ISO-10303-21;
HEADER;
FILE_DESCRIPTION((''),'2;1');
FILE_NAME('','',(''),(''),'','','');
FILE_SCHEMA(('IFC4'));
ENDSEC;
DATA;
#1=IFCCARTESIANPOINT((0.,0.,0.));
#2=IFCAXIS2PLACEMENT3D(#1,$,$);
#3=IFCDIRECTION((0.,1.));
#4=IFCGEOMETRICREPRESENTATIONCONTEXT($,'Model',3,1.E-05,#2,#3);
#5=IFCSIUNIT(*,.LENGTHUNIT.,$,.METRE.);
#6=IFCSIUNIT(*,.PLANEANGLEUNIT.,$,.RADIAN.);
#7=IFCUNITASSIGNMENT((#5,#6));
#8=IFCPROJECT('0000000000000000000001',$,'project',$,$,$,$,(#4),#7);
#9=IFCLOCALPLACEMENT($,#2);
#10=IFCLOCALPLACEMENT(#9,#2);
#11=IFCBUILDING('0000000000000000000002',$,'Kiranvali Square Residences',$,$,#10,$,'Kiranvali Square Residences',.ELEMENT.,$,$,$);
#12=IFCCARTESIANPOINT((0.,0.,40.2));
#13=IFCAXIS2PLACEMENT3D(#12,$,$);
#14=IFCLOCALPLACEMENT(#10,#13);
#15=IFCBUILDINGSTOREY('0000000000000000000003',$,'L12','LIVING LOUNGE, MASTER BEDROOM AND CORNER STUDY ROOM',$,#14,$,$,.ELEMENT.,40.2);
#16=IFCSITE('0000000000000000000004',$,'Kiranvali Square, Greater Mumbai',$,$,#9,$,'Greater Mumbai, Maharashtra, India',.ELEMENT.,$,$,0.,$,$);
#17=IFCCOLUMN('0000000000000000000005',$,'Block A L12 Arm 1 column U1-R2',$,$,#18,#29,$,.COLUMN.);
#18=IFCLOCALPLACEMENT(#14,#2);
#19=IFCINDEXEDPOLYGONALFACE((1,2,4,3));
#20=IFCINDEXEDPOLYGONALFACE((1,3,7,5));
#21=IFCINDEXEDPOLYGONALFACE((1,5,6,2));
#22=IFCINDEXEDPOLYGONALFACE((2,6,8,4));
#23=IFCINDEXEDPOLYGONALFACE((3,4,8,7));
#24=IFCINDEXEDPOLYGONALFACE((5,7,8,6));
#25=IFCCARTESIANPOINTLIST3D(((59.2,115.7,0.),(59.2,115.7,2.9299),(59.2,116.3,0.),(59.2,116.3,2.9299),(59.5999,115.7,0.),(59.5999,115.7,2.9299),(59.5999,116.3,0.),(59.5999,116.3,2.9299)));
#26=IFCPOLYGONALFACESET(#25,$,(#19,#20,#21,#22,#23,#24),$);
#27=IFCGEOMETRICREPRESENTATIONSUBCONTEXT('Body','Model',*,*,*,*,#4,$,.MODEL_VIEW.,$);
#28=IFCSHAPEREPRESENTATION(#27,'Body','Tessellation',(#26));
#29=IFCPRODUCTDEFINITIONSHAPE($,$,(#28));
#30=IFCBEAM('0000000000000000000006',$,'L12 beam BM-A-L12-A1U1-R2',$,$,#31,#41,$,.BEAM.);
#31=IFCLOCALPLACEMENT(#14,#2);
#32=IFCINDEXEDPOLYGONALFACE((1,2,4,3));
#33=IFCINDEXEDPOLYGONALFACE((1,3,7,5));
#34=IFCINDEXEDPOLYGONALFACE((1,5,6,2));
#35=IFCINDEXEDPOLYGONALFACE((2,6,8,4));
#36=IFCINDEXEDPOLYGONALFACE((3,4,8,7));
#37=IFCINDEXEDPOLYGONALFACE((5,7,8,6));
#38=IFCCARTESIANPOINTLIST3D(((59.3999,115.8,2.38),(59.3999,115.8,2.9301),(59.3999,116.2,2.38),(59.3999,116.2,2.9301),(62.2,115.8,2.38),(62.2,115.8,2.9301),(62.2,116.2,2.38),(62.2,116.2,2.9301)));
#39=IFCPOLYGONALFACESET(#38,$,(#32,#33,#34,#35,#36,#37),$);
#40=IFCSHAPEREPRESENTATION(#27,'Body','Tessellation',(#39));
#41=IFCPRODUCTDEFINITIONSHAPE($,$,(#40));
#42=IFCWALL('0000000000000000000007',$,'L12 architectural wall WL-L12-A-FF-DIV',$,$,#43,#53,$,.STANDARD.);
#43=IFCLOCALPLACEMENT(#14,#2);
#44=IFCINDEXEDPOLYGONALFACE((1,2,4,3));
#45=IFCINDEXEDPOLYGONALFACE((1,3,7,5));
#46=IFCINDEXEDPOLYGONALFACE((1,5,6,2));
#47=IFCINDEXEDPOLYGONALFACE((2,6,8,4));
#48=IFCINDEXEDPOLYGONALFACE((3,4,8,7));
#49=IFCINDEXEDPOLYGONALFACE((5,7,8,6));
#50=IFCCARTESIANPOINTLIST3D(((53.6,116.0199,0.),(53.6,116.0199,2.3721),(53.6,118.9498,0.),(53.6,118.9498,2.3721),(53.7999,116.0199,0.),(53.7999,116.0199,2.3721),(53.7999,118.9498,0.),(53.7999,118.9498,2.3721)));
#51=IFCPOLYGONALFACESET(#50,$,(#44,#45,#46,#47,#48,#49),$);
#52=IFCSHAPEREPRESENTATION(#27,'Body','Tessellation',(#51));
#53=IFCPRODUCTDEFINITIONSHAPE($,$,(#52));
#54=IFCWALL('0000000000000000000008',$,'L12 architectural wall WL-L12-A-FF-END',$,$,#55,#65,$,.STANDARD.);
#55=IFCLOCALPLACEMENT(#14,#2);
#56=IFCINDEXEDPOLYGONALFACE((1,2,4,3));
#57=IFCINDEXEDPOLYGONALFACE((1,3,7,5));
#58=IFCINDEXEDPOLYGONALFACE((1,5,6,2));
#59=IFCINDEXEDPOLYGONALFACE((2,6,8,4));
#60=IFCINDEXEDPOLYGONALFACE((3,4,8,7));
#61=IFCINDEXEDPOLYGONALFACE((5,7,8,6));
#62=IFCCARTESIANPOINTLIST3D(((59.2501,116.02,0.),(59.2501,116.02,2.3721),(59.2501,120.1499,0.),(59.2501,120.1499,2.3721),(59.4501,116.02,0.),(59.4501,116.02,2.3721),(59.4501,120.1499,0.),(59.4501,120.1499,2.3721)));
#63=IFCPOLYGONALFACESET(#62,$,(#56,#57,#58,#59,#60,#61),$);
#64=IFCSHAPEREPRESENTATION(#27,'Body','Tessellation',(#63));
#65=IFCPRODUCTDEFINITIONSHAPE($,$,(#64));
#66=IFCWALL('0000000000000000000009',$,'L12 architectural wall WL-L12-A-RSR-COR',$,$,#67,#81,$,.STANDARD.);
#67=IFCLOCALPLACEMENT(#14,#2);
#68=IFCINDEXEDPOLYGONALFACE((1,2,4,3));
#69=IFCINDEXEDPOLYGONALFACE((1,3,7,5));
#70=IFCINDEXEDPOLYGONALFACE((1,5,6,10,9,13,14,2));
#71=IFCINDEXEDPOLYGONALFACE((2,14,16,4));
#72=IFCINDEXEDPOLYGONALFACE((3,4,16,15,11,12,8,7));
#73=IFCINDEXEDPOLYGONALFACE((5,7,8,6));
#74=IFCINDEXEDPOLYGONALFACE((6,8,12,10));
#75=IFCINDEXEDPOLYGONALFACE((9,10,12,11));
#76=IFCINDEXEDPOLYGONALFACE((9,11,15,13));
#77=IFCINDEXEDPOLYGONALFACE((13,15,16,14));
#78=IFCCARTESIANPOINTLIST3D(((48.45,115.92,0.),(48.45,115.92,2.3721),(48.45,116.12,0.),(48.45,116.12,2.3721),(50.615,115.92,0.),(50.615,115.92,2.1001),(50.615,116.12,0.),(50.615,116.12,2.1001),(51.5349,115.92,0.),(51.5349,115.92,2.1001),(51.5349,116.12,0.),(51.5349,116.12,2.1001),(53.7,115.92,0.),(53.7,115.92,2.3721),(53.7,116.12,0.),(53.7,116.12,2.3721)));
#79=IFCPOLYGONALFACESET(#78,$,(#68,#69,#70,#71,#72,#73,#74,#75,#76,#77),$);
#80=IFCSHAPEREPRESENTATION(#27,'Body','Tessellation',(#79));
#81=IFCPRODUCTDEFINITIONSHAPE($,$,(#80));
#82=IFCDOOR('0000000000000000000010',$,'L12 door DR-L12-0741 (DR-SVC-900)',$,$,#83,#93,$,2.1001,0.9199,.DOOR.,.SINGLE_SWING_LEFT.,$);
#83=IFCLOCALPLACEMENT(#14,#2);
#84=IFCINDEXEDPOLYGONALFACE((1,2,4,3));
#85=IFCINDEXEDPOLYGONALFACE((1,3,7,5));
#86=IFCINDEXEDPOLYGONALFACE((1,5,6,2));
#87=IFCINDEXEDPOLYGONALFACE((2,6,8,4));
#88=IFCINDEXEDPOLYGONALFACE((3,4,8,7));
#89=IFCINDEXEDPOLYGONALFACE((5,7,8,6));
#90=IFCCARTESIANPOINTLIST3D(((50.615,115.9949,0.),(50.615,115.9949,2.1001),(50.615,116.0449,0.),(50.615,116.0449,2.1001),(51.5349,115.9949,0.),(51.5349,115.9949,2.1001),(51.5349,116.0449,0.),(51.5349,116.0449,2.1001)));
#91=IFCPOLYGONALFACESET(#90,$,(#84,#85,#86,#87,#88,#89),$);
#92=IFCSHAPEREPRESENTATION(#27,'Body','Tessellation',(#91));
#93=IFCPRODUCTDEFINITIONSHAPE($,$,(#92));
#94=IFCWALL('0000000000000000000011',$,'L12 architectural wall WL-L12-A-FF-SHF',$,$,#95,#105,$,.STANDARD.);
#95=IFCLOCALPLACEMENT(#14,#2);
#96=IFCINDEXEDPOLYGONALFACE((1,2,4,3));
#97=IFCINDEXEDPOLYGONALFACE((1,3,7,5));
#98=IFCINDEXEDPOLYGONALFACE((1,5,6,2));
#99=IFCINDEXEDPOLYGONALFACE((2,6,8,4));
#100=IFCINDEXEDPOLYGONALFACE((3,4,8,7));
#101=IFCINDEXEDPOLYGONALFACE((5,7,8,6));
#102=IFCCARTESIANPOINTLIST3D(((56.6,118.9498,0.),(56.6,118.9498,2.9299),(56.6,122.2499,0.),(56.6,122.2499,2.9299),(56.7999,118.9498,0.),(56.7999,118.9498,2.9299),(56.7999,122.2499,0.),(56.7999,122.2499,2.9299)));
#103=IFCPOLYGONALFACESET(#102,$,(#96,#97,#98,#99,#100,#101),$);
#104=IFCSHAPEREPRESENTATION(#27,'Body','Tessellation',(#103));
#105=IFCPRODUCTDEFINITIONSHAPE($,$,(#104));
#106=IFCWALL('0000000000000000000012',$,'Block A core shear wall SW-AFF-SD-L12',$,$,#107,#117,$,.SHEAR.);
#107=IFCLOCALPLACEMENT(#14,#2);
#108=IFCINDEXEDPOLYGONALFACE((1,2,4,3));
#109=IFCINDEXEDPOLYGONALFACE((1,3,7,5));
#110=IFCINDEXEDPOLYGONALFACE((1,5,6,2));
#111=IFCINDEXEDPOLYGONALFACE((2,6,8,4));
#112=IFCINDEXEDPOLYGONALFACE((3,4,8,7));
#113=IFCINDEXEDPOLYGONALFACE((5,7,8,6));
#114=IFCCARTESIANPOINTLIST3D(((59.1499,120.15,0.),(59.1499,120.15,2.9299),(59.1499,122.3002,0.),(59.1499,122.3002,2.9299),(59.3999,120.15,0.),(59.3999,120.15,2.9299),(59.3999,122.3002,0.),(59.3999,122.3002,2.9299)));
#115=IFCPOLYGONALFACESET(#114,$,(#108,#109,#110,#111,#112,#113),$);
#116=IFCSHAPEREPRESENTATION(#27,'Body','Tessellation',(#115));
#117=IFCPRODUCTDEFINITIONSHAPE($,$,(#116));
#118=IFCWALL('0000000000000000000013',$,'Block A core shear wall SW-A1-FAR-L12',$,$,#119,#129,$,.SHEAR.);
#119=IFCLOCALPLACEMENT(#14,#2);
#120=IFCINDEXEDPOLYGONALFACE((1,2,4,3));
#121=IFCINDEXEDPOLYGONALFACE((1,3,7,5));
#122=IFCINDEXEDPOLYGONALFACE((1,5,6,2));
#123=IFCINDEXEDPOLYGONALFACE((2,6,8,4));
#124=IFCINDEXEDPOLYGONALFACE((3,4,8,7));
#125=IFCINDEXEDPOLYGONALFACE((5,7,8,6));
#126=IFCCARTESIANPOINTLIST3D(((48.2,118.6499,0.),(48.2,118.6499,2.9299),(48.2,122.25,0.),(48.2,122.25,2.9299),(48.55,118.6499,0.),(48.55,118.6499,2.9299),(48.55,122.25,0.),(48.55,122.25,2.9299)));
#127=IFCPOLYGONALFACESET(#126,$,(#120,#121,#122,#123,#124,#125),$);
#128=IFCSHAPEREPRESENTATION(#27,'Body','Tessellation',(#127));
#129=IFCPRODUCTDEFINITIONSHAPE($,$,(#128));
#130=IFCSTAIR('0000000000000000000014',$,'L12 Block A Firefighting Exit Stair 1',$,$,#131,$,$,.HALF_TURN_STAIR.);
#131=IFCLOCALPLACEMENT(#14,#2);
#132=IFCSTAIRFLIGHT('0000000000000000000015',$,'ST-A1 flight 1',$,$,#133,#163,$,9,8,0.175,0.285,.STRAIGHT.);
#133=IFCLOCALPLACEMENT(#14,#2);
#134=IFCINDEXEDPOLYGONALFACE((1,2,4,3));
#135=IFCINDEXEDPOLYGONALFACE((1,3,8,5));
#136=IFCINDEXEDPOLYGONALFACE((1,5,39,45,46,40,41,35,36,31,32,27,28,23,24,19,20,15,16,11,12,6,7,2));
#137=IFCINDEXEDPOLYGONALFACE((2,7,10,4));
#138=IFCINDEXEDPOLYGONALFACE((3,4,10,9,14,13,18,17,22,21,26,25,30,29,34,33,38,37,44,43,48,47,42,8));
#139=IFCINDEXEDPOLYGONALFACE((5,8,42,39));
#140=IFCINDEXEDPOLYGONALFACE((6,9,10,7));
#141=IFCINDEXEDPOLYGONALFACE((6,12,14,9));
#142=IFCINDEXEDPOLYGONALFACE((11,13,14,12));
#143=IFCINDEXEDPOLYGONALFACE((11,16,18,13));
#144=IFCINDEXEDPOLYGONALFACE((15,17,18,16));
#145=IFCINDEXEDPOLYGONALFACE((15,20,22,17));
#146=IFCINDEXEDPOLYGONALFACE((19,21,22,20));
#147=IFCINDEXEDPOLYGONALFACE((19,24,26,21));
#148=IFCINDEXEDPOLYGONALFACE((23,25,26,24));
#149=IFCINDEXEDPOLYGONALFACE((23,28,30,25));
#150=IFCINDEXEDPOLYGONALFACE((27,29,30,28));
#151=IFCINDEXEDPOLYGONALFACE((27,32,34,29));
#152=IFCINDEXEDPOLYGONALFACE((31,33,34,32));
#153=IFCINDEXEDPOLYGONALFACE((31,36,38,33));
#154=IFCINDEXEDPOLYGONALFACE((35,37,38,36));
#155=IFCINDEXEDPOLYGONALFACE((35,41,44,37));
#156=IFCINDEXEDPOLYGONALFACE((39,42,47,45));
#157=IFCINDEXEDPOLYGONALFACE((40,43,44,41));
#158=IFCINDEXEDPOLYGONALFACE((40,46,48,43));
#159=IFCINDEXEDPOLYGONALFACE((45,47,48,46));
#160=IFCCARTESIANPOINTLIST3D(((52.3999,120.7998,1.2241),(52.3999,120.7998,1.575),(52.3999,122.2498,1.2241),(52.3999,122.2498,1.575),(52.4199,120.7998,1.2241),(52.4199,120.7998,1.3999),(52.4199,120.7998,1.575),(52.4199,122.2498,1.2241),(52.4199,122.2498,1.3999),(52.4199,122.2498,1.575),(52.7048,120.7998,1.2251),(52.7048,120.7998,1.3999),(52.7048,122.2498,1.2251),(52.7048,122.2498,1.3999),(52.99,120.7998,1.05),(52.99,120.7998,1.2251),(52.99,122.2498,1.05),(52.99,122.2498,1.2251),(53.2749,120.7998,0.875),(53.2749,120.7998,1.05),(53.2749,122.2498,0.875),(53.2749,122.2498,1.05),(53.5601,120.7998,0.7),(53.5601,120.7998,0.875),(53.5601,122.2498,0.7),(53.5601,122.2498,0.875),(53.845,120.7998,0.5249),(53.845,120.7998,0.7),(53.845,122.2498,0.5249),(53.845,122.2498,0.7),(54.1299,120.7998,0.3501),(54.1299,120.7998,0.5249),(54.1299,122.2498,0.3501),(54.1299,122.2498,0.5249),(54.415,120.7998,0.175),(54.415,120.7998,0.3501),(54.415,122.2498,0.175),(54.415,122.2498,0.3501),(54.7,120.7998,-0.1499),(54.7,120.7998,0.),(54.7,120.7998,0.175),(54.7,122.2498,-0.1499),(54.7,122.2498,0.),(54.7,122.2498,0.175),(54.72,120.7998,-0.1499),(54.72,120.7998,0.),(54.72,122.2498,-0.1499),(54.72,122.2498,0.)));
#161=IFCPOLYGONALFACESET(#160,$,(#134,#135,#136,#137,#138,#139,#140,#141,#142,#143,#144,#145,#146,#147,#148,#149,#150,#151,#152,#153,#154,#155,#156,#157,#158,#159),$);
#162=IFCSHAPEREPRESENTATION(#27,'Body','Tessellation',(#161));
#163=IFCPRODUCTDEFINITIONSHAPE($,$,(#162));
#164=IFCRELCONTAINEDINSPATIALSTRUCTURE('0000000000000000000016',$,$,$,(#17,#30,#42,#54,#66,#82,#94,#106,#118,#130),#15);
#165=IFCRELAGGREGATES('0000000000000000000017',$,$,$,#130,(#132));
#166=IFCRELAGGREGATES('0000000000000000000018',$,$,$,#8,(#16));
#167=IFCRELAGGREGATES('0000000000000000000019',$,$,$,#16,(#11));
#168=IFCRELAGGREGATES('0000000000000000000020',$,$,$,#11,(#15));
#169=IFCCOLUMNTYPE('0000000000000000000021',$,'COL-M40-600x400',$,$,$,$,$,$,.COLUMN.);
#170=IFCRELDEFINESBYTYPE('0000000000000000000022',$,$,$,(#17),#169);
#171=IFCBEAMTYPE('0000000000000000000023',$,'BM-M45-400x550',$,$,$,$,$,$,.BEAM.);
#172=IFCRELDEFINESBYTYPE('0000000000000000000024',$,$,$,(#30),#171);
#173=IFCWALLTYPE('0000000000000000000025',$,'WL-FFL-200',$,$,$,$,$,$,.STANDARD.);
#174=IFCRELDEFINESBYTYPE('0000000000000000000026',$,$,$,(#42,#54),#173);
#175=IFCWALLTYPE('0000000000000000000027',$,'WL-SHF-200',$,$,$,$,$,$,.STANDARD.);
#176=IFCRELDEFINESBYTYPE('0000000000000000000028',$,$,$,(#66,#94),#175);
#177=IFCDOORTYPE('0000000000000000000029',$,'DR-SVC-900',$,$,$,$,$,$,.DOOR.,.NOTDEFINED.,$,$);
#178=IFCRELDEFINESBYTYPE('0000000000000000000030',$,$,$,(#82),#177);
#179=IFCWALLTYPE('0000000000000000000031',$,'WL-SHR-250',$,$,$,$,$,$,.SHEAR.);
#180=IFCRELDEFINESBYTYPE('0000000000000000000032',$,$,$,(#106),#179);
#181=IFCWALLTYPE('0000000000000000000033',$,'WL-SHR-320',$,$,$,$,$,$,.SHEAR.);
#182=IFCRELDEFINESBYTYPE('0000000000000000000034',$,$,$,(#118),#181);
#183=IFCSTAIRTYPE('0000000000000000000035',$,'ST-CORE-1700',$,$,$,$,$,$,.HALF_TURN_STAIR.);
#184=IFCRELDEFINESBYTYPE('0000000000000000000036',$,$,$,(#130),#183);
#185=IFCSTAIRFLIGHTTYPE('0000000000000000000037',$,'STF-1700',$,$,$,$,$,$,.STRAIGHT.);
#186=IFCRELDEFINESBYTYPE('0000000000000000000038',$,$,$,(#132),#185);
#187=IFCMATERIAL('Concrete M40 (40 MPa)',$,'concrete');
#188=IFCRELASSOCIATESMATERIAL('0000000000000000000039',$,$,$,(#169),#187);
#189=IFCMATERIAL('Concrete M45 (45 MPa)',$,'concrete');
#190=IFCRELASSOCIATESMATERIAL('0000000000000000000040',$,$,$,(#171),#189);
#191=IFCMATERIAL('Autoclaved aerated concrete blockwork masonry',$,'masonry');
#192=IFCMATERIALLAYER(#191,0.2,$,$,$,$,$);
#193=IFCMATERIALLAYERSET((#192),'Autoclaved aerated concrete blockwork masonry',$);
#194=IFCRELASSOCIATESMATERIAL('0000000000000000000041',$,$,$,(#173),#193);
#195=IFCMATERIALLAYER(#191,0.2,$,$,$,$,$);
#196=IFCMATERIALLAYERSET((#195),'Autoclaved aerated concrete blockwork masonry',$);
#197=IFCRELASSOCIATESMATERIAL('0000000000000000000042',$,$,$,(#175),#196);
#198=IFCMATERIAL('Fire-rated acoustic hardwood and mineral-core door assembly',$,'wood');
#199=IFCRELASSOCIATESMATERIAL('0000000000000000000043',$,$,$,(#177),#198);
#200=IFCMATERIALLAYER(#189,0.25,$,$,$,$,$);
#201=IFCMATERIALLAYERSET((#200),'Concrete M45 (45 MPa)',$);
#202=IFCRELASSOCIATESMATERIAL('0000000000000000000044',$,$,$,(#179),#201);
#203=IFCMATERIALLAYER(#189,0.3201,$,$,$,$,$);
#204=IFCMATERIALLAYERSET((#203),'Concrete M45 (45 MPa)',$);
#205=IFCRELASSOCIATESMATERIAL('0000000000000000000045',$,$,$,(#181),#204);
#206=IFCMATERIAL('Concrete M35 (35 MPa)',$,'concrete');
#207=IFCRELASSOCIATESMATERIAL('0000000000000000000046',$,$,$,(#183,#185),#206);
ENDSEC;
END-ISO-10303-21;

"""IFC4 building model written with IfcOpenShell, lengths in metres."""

from ifc_helpers import new_model, si_unit, direction, frame, frame_2d, origin, origin_2d, place, context, subcontext, project, spatial, polyline, rectangle, outline, extrude, material, layer, layer_set, material_profile, profile_set, type_object, element, fill, aggregate, save


model = new_model("IFC4")

# Units and contexts
model_context = context("Model", 3, precision=1e-05, world=origin(), true_north=direction((0.0, 1.0)))
body_context = subcontext(model_context, "Body", "Model", "MODEL_VIEW")
ifc_project = project(units=[si_unit("LENGTHUNIT", "METRE"), si_unit("PLANEANGLEUNIT", "RADIAN")], contexts=[model_context])

# Site, building, storey
site_placement = place(None, origin())
site = spatial("IfcSite", under=ifc_project, at=site_placement, Name="Kiranvali Square, Greater Mumbai", LongName="Greater Mumbai, Maharashtra, India", CompositionType="ELEMENT", RefElevation=0.0)
building_placement = place(site_placement, origin())
building = spatial("IfcBuilding", under=site, at=building_placement, Name="Kiranvali Square Residences", LongName="Kiranvali Square Residences", CompositionType="ELEMENT")
storey_placement = place(building_placement, frame((0.0, 0.0, 40.2)))
storey = spatial("IfcBuildingStorey", under=building, at=storey_placement, Name="L12", Description="LIVING LOUNGE, MASTER BEDROOM AND CORNER STUDY ROOM", CompositionType="ELEMENT", Elevation=40.2)

# Column
ifc_material_1 = material(Name="Concrete M40 (40 MPa)", Category="concrete")
ifc_material_profile_1 = material_profile(ifc_material_1, rectangle(XDim=0.3999, YDim=0.6001, at=origin_2d()), Name="RC 600x400")
ifc_profile_set_1 = profile_set([ifc_material_profile_1], Name="Concrete M40 (40 MPa)")
column_type = type_object("IfcColumnType", Name="COL-M40-600x400", PredefinedType="COLUMN", material=ifc_profile_set_1)
column_placement = place(storey_placement, frame((59.3999, 116.0, 0.0), z_axis=(0.0, 0.0, 1.0), x_axis=(1.0, 0.0, 0.0)))
element("IfcColumn", 1, at=column_placement, inside=storey, type_object=column_type, Name="Block A L12 Arm 1 column U1-R2", PredefinedType="COLUMN", context=body_context, shape_type="SweptSolid", body=[
    extrude(rectangle(XDim=0.3999, YDim=0.6001, at=origin_2d()), origin(), (0.0, 0.0, 1.0), 2.9299),
])

# Beam
ifc_material_2 = material(Name="Concrete M45 (45 MPa)", Category="concrete")
ifc_material_profile_2 = material_profile(ifc_material_2, rectangle(XDim=0.3999, YDim=0.55, at=origin_2d()), Name="RC 400x550")
ifc_profile_set_2 = profile_set([ifc_material_profile_2], Name="Concrete M45 (45 MPa)")
beam_type = type_object("IfcBeamType", Name="BM-M45-400x550", PredefinedType="BEAM", material=ifc_profile_set_2)
beam_placement = place(storey_placement, frame((59.3999, 116.0, 2.655), z_axis=(1.0, 0.0, 0.0), x_axis=(0.0, 1.0, 0.0)))
element("IfcBeam", 2, at=beam_placement, inside=storey, type_object=beam_type, Name="L12 beam BM-A-L12-A1U1-R2", PredefinedType="BEAM", context=body_context, shape_type="SweptSolid", body=[
    extrude(rectangle(XDim=0.3999, YDim=0.55, at=origin_2d()), origin(), (0.0, 0.0, 1.0), 2.8),
])

# Shared definitions
ifc_material_3 = material(Name="Autoclaved aerated concrete blockwork masonry", Category="masonry")
ifc_layer_1 = layer(ifc_material_3, 0.2)
ifc_layer_set_1 = layer_set([ifc_layer_1], Name="Autoclaved aerated concrete blockwork masonry")
wall_type_1 = type_object("IfcWallType", Name="WL-FFL-200", PredefinedType="STANDARD", material=ifc_layer_set_1)
ifc_material_4 = material(Name="Fire-rated acoustic hardwood and mineral-core door assembly", Category="wood")

# Walls
wall_1_placement = place(storey_placement, frame((53.7, 116.02, 0.0), z_axis=(0.0, 0.0, 1.0), x_axis=(0.0, 1.0, 0.0)))
element("IfcWall", 3, at=wall_1_placement, inside=storey, type_object=wall_type_1, Name="L12 architectural wall WL-L12-A-FF-DIV", PredefinedType="STANDARD", context=body_context, shape_type="SweptSolid", body=[
    extrude(rectangle(XDim=2.9299, YDim=0.2, at=frame_2d((1.4648, 0.0))), origin(), (0.0, 0.0, 1.0), 2.3721),
])
wall_2_placement = place(storey_placement, frame((59.3501, 116.02, 0.0), z_axis=(0.0, 0.0, 1.0), x_axis=(0.0, 1.0, 0.0)))
element("IfcWall", 4, at=wall_2_placement, inside=storey, type_object=wall_type_1, Name="L12 architectural wall WL-L12-A-FF-END", PredefinedType="STANDARD", context=body_context, shape_type="SweptSolid", body=[
    extrude(rectangle(XDim=4.1299, YDim=0.2, at=frame_2d((2.0649, 0.0))), origin(), (0.0, 0.0, 1.0), 2.3721),
])

# Wall, opening, door
ifc_layer_2 = layer(ifc_material_3, 0.2)
ifc_layer_set_2 = layer_set([ifc_layer_2], Name="Autoclaved aerated concrete blockwork masonry")
wall_type_2 = type_object("IfcWallType", Name="WL-SHF-200", PredefinedType="STANDARD", material=ifc_layer_set_2)
wall_3_placement = place(storey_placement, frame((48.45, 116.02, 0.0), z_axis=(0.0, 0.0, 1.0), x_axis=(1.0, 0.0, 0.0)))
wall_3 = element("IfcWall", 5, at=wall_3_placement, inside=storey, type_object=wall_type_2, Name="L12 architectural wall WL-L12-A-RSR-COR", PredefinedType="STANDARD", context=body_context, shape_type="SweptSolid", body=[
    extrude(rectangle(XDim=5.25, YDim=0.2, at=frame_2d((2.625, 0.0))), origin(), (0.0, 0.0, 1.0), 2.3721),
])
opening_1_placement = place(wall_3_placement, frame((2.165, 0.0, 0.0)))
opening_1 = element("IfcOpeningElement", 6, at=opening_1_placement, cuts=wall_3, PredefinedType="OPENING", context=body_context, shape_type="SweptSolid", body=[
    extrude(rectangle(XDim=0.9199, YDim=2.1001, at=frame_2d((0.46, 1.05))), frame((0.0, 0.1099, 0.0), z_axis=(0.0, -1.0, 0.0), x_axis=(1.0, 0.0, 0.0)), (0.0, 0.0, 1.0), 0.22),
])
door_type_1 = type_object("IfcDoorType", Name="DR-SVC-900", OperationType="NOTDEFINED", PredefinedType="DOOR", material=ifc_material_4)
door_1_placement = place(opening_1_placement, origin())
door_1 = element("IfcDoor", 7, at=door_1_placement, inside=storey, type_object=door_type_1, Name="L12 door DR-L12-0741 (DR-SVC-900)", OperationType="SINGLE_SWING_LEFT", OverallHeight=2.1001, OverallWidth=0.9199, PredefinedType="DOOR", context=body_context, shape_type="SweptSolid", body=[
    extrude(rectangle(XDim=0.9199, YDim=2.1001, at=frame_2d((0.46, 1.05))), frame((0.0, 0.0249, 0.0), z_axis=(0.0, -1.0, 0.0), x_axis=(1.0, 0.0, 0.0)), (0.0, 0.0, 1.0), 0.05),
])
fill(opening_1, door_1)

# Walls
wall_4_placement = place(storey_placement, frame((56.7, 118.95, 0.0), z_axis=(0.0, 0.0, 1.0), x_axis=(0.0, 1.0, 0.0)))
element("IfcWall", 8, at=wall_4_placement, inside=storey, type_object=wall_type_2, Name="L12 architectural wall WL-L12-A-FF-SHF", PredefinedType="STANDARD", context=body_context, shape_type="SweptSolid", body=[
    extrude(rectangle(XDim=3.3, YDim=0.2, at=frame_2d((1.6499, 0.0))), origin(), (0.0, 0.0, 1.0), 2.9299),
])
ifc_layer_3 = layer(ifc_material_2, 0.25)
ifc_layer_set_3 = layer_set([ifc_layer_3], Name="Concrete M45 (45 MPa)")
wall_type_3 = type_object("IfcWallType", Name="WL-SHR-250", PredefinedType="SHEAR", material=ifc_layer_set_3)
wall_5_placement = place(storey_placement, frame((59.2749, 120.1499, 0.0), z_axis=(0.0, 0.0, 1.0), x_axis=(0.0, 1.0, 0.0)))
element("IfcWall", 9, at=wall_5_placement, inside=storey, type_object=wall_type_3, Name="Block A core shear wall SW-AFF-SD-L12", PredefinedType="SHEAR", context=body_context, shape_type="SweptSolid", body=[
    extrude(rectangle(XDim=2.1501, YDim=0.25, at=frame_2d((1.0752, 0.0))), origin(), (0.0, 0.0, 1.0), 2.9299),
])

# Shared definitions
ifc_layer_4 = layer(ifc_material_2, 0.3201)
ifc_layer_set_4 = layer_set([ifc_layer_4], Name="Concrete M45 (45 MPa)")
wall_type_4 = type_object("IfcWallType", Name="WL-SHR-320", PredefinedType="SHEAR", material=ifc_layer_set_4)

# Wall
wall_6_placement = place(storey_placement, frame((48.375, 118.6499, 0.0), z_axis=(0.0, 0.0, 1.0), x_axis=(0.0, 1.0, 0.0)))
element("IfcWall", 10, at=wall_6_placement, inside=storey, type_object=wall_type_4, Name="Block A core shear wall SW-A1-FAR-L12", PredefinedType="SHEAR", context=body_context, shape_type="SweptSolid", body=[
    extrude(rectangle(XDim=3.6001, YDim=0.3501, at=frame_2d((1.8, 0.0))), origin(), (0.0, 0.0, 1.0), 2.9299),
])

# Stair, stair flight
ifc_material_5 = material(Name="Concrete M35 (35 MPa)", Category="concrete")
stair_type = type_object("IfcStairType", Name="ST-CORE-1700", PredefinedType="HALF_TURN_STAIR", material=ifc_material_5)
stair_placement = place(storey_placement, origin())
stair = element("IfcStair", 11, at=stair_placement, inside=storey, type_object=stair_type, Name="L12 Block A Firefighting Exit Stair 1", PredefinedType="HALF_TURN_STAIR")
stair_flight_type = type_object("IfcStairFlightType", Name="STF-1700", PredefinedType="STRAIGHT", material=ifc_material_5)
stair_flight_1_placement = place(storey_placement, frame((54.7, 121.5249, 0.0), z_axis=(0.0, 0.0, 1.0), x_axis=(-1.0, 0.0, 0.0)))
stair_flight_1 = element("IfcStairFlight", 12, at=stair_flight_1_placement, type_object=stair_flight_type, Name="ST-A1 flight 1", NumberOfRisers=9, NumberOfTreads=8, PredefinedType="STRAIGHT", RiserHeight=0.175, TreadLength=0.285, context=body_context, shape_type="SweptSolid", body=[
    extrude(outline(polyline([(-0.02, -0.1499), (-0.02, 0.0), (0.0, 0.0), (0.0, 0.175), (0.2849, 0.175), (0.2849, 0.3501), (0.5701, 0.3501), (0.5701, 0.5249), (0.855, 0.5249), (0.855, 0.7), (1.1399, 0.7), (1.1399, 0.875), (1.425, 0.875), (1.425, 1.05), (1.71, 1.05), (1.71, 1.2251), (1.9951, 1.2251), (1.9951, 1.3999), (2.28, 1.3999), (2.28, 1.575), (2.3, 1.575), (2.3, 1.2241), (2.28, 1.2241), (0.0, -0.1499), (-0.02, -0.1499)])), frame((0.0, 0.7251, 0.0), z_axis=(0.0, -1.0, 0.0), x_axis=(1.0, 0.0, 0.0)), (0.0, 0.0, 1.0), 1.45),
])
aggregate(stair, [stair_flight_1])

save(model, "model.ifc")
